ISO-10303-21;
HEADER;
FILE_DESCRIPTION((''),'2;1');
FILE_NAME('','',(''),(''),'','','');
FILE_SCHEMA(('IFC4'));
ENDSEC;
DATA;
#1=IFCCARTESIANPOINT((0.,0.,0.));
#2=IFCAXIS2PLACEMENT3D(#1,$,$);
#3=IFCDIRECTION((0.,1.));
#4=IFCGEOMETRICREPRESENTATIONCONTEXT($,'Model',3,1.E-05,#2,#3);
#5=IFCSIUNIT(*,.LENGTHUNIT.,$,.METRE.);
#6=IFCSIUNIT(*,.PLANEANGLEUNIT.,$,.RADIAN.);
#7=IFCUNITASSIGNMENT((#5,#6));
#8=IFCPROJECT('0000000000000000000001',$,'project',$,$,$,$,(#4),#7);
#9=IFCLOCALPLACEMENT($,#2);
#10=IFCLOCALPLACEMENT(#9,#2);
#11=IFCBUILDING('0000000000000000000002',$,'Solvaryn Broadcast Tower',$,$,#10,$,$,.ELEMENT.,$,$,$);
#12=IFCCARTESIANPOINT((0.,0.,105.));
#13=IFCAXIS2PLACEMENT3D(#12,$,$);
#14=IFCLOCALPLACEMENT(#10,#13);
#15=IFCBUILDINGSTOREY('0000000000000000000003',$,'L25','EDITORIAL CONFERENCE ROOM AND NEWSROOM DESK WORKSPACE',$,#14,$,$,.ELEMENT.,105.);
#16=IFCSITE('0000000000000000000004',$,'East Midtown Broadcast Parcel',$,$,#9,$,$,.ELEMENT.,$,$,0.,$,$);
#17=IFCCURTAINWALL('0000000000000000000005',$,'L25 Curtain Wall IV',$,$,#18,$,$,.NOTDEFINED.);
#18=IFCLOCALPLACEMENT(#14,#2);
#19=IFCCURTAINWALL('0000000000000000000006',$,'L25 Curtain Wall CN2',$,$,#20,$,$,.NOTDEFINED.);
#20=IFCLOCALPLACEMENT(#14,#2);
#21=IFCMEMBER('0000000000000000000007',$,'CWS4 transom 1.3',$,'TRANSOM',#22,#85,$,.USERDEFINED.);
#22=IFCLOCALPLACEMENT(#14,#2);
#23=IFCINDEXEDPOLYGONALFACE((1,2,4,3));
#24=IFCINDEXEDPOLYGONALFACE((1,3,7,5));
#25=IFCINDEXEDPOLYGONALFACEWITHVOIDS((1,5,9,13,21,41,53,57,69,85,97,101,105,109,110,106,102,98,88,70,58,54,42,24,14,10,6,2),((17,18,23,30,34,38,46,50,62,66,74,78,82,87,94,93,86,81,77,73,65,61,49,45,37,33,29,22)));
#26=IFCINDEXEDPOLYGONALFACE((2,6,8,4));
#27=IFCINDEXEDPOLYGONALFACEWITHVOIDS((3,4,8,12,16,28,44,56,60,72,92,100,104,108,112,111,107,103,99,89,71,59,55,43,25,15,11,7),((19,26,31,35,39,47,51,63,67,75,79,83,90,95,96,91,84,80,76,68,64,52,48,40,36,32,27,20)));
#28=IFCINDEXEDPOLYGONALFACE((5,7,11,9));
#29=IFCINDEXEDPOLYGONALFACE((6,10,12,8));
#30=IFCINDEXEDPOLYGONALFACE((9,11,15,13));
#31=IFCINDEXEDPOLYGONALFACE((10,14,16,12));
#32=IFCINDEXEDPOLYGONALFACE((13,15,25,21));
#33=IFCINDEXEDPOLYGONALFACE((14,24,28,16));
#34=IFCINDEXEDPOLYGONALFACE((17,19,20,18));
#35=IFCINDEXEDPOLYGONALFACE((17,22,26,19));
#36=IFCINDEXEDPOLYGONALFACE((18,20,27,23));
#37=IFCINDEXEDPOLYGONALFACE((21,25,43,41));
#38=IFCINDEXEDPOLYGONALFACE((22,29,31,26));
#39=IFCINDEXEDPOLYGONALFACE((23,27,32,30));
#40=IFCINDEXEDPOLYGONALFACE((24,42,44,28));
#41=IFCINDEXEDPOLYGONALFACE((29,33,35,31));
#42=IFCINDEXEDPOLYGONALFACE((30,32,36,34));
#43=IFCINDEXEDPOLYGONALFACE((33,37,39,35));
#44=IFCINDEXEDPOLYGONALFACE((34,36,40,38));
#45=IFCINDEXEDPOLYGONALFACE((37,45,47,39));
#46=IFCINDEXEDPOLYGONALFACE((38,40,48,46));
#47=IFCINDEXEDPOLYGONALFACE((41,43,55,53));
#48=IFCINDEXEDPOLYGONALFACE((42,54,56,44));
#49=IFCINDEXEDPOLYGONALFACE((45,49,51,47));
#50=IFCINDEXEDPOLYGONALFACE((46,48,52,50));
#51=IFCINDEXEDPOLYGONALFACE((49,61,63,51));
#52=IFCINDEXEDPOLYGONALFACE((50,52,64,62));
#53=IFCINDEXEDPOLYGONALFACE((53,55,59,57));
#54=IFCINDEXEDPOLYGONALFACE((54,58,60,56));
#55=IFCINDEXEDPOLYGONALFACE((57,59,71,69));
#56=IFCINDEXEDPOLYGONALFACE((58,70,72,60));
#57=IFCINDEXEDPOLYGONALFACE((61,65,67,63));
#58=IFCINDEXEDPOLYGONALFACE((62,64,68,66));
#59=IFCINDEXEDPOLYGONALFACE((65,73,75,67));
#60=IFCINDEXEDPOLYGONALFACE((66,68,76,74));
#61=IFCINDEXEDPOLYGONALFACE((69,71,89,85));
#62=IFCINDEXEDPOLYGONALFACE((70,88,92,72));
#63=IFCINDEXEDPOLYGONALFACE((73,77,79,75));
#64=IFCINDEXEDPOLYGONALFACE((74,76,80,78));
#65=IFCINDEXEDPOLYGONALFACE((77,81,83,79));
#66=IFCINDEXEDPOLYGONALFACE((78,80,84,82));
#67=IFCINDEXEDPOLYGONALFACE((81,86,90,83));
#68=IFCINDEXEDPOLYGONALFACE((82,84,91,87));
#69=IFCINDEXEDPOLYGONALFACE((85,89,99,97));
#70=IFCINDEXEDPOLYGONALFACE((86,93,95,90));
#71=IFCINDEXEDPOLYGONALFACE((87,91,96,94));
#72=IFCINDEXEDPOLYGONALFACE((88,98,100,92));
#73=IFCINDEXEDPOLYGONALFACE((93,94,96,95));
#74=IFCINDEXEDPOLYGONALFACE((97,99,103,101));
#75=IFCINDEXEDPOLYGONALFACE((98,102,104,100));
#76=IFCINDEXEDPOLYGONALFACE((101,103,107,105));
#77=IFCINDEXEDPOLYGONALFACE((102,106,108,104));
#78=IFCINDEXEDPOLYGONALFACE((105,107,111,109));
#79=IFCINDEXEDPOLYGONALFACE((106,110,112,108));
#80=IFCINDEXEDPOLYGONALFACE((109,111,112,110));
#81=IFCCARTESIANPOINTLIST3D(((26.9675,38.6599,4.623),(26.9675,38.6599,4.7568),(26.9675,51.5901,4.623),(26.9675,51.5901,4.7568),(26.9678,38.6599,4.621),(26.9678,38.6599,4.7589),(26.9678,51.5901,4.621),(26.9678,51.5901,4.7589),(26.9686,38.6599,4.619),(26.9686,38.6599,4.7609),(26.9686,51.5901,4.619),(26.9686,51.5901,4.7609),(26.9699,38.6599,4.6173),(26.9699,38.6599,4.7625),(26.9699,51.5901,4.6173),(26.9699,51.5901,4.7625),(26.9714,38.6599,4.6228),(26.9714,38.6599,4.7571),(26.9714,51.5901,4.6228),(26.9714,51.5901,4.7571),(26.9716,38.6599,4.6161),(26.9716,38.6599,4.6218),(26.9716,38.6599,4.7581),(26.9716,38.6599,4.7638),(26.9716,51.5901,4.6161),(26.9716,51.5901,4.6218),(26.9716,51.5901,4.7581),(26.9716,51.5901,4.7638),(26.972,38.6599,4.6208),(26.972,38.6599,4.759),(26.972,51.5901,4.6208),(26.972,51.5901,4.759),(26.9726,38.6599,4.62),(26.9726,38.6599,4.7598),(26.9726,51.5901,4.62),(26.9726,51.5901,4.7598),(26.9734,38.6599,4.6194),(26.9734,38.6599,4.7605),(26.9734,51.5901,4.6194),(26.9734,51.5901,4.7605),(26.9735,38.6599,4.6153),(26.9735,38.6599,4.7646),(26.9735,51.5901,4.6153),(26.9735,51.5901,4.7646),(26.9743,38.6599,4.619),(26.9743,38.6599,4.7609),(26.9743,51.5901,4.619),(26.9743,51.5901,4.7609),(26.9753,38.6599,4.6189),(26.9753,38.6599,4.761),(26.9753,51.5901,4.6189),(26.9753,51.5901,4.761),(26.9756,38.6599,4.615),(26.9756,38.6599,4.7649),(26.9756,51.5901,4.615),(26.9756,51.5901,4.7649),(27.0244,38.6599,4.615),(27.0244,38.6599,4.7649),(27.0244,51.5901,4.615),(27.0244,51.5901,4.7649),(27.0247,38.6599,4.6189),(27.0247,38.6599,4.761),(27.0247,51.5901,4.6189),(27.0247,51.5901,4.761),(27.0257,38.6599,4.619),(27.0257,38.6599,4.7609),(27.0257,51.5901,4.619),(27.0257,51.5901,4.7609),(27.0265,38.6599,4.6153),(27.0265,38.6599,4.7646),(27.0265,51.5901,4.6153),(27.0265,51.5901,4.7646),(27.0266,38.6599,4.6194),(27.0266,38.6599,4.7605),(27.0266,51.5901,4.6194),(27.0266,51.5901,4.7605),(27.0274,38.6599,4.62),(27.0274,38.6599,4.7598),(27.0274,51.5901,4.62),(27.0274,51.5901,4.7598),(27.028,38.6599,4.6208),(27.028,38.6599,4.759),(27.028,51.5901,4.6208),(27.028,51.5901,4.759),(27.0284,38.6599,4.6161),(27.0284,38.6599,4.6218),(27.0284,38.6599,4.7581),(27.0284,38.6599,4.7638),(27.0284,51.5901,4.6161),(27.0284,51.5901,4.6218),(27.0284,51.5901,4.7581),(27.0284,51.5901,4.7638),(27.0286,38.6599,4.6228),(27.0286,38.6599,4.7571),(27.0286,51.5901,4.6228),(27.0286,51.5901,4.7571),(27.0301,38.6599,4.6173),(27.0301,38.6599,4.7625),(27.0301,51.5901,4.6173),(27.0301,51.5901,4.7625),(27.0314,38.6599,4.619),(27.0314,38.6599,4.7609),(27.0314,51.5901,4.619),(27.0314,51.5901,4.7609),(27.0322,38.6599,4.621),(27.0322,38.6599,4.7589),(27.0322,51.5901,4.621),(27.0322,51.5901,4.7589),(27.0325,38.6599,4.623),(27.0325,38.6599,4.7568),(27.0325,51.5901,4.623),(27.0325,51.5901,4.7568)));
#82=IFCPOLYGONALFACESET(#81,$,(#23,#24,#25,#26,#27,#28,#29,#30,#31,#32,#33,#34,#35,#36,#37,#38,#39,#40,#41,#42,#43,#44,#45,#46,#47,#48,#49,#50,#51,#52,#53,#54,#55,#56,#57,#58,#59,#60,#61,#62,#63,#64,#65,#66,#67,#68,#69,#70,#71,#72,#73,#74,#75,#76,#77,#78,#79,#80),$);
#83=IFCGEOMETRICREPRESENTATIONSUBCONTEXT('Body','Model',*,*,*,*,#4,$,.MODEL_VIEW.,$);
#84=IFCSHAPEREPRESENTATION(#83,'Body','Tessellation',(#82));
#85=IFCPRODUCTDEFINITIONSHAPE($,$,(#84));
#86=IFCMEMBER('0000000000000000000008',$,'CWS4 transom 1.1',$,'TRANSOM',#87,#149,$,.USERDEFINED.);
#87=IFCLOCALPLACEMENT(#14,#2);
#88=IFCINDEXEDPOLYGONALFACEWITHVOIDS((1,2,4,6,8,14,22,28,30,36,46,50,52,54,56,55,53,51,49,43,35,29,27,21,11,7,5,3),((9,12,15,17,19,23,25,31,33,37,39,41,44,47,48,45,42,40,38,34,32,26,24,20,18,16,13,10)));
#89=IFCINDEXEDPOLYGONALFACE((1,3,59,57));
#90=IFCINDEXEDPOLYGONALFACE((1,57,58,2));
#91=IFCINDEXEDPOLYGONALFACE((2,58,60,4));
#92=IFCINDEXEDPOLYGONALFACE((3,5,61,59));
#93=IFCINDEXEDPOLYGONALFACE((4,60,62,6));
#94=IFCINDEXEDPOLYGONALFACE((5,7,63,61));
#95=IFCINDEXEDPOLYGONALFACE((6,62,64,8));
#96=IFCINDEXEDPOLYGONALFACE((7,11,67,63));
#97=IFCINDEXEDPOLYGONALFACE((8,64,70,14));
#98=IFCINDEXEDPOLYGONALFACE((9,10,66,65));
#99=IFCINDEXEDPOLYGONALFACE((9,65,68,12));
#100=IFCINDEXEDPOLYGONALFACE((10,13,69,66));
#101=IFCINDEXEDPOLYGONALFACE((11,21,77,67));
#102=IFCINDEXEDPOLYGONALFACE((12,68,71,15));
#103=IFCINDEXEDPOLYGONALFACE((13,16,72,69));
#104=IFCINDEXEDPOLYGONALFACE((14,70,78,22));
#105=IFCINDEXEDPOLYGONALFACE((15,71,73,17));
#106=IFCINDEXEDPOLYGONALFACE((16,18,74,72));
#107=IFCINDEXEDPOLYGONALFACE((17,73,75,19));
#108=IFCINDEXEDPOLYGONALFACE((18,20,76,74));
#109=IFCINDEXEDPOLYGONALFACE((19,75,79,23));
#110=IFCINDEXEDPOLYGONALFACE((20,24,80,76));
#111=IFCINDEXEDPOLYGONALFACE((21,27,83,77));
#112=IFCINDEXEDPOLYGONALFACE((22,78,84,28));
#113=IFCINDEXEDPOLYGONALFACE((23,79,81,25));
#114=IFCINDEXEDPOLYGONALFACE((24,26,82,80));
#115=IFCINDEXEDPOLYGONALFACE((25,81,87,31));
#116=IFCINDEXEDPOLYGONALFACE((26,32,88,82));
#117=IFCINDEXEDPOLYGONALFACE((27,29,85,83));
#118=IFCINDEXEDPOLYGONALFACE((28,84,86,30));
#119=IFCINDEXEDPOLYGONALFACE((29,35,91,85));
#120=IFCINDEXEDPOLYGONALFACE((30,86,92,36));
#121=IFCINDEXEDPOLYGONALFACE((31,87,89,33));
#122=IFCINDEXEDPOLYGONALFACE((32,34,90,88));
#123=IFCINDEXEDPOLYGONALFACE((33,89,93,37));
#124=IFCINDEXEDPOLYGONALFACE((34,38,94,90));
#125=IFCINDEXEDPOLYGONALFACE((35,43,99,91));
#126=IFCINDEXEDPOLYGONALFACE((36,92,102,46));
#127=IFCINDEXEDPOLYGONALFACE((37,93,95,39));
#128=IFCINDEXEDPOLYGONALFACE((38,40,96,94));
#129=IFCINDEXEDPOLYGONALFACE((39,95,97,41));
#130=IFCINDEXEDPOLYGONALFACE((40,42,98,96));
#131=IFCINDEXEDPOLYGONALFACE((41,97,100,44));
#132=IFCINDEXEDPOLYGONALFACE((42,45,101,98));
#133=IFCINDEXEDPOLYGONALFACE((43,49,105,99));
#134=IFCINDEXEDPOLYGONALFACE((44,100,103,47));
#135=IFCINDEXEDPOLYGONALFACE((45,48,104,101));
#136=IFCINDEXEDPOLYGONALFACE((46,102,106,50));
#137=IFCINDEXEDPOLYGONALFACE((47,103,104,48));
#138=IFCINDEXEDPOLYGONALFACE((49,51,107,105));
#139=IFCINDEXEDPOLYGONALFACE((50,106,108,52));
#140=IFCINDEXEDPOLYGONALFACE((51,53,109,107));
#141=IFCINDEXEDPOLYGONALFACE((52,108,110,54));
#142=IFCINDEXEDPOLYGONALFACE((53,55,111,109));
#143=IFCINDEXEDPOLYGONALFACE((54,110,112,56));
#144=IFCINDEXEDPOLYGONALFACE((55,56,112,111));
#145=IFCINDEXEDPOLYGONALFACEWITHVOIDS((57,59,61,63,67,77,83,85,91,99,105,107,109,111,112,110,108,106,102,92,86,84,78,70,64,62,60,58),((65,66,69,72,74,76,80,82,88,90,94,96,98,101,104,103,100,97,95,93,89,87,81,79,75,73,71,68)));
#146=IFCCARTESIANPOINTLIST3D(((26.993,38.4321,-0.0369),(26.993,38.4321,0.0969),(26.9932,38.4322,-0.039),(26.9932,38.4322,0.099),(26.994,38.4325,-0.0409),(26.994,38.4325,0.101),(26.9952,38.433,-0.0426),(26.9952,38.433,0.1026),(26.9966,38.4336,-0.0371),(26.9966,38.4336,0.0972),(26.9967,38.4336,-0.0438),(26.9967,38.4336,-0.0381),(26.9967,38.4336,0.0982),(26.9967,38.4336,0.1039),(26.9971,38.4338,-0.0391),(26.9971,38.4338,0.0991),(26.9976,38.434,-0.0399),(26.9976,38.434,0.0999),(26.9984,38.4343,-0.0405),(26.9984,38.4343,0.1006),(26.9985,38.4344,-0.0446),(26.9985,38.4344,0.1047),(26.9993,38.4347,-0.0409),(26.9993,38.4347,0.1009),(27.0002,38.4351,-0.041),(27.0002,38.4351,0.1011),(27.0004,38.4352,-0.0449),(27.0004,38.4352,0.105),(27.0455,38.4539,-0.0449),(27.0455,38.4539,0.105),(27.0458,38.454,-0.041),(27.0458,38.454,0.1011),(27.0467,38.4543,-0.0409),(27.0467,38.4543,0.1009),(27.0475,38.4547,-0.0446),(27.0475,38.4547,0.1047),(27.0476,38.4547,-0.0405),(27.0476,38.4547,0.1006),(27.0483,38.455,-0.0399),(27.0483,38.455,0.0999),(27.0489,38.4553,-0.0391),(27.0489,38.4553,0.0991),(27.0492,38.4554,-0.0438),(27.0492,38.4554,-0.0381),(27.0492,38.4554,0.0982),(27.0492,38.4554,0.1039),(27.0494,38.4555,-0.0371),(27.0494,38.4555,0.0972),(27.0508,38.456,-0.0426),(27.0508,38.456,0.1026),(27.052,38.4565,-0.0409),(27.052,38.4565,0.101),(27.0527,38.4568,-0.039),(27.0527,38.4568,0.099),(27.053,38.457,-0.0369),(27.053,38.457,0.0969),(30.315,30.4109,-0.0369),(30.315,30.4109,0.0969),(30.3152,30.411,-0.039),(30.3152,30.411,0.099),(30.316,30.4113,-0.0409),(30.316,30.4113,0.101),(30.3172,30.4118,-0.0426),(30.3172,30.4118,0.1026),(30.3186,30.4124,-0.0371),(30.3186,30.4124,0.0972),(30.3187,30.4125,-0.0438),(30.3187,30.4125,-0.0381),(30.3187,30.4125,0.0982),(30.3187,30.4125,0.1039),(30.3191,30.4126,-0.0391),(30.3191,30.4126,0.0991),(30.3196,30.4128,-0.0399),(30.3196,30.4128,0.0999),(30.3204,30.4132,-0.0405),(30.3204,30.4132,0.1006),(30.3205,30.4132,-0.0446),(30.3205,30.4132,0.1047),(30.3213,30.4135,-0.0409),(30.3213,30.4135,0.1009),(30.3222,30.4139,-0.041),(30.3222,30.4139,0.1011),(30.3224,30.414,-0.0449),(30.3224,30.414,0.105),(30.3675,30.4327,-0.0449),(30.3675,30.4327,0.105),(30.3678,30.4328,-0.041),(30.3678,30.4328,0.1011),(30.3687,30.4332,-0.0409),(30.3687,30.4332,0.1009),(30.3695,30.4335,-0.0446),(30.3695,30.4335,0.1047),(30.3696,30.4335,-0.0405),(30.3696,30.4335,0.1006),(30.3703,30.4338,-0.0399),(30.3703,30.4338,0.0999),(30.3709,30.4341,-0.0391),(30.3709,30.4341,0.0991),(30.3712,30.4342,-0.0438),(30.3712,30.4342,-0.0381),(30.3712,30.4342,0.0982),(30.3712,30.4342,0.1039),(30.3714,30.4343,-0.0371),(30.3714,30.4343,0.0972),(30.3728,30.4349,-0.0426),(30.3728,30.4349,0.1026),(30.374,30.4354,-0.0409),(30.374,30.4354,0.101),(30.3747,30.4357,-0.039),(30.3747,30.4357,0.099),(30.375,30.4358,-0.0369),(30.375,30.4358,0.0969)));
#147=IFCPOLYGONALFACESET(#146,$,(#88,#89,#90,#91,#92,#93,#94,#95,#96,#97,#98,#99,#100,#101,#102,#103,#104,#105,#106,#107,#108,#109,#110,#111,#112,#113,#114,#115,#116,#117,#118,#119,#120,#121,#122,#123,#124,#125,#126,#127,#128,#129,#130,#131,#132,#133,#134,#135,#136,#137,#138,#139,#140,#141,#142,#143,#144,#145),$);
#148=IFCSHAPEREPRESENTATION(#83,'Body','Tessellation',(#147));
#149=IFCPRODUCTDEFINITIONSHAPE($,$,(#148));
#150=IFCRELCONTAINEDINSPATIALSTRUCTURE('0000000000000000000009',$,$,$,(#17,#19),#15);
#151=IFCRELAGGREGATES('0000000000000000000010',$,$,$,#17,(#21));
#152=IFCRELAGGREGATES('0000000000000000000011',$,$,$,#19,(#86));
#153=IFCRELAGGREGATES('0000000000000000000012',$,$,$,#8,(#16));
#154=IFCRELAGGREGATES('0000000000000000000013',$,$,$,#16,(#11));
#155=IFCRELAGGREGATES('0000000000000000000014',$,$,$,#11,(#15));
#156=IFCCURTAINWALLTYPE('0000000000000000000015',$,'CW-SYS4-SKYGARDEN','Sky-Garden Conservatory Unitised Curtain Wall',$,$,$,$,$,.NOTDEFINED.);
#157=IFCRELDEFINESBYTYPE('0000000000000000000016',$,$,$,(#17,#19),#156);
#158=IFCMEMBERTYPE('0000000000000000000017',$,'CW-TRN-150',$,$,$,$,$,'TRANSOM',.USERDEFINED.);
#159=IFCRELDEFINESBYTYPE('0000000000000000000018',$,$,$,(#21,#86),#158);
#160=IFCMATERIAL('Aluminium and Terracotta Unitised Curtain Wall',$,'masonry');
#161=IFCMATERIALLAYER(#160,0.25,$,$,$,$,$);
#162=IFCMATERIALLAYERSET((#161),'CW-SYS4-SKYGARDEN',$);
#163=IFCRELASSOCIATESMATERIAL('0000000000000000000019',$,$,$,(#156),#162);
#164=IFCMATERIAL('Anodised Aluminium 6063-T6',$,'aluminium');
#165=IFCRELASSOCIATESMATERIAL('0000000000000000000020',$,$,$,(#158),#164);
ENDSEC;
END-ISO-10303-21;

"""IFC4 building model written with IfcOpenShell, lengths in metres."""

from ifc_helpers import new_model, si_unit, direction, frame, origin, origin_2d, place, context, subcontext, project, spatial, hollow_rectangle, extrude, material, layer, layer_set, material_profile, profile_set, type_object, element, aggregate, save


model = new_model("IFC4")

# Units and contexts
model_context = context("Model", 3, precision=1e-05, world=origin(), true_north=direction((0.0, 1.0)))
body_context = subcontext(model_context, "Body", "Model", "MODEL_VIEW")
ifc_project = project(units=[si_unit("LENGTHUNIT", "METRE"), si_unit("PLANEANGLEUNIT", "RADIAN")], contexts=[model_context])

# Site, building, storey
site_placement = place(None, origin())
site = spatial("IfcSite", under=ifc_project, at=site_placement, Name="East Midtown Broadcast Parcel", CompositionType="ELEMENT", RefElevation=0.0)
building_placement = place(site_placement, origin())
building = spatial("IfcBuilding", under=site, at=building_placement, Name="Solvaryn Broadcast Tower", CompositionType="ELEMENT")
storey_placement = place(building_placement, frame((0.0, 0.0, 105.0)))
storey = spatial("IfcBuildingStorey", under=building, at=storey_placement, Name="L25", Description="EDITORIAL CONFERENCE ROOM AND NEWSROOM DESK WORKSPACE", CompositionType="ELEMENT", Elevation=105.0)

# Curtain wall
ifc_material_1 = material(Name="Aluminium and Terracotta Unitised Curtain Wall", Category="masonry")
ifc_layer_1 = layer(ifc_material_1, 0.25)
ifc_layer_set_1 = layer_set([ifc_layer_1], Name="CW-SYS4-SKYGARDEN")
curtain_wall_type = type_object("IfcCurtainWallType", Name="CW-SYS4-SKYGARDEN", Description="Sky-Garden Conservatory Unitised Curtain Wall", PredefinedType="NOTDEFINED", material=ifc_layer_set_1)
curtain_wall_1_placement = place(storey_placement, origin())
curtain_wall_1 = element("IfcCurtainWall", 1, at=curtain_wall_1_placement, inside=storey, type_object=curtain_wall_type, Name="L25 Curtain Wall IV", PredefinedType="NOTDEFINED")

# Curtain wall
curtain_wall_2_placement = place(storey_placement, origin())
curtain_wall_2 = element("IfcCurtainWall", 2, at=curtain_wall_2_placement, inside=storey, type_object=curtain_wall_type, Name="L25 Curtain Wall CN2", PredefinedType="NOTDEFINED")

# Members
ifc_material_2 = material(Name="Anodised Aluminium 6063-T6", Category="aluminium")
ifc_material_profile_1 = material_profile(ifc_material_2, hollow_rectangle(XDim=0.0649, YDim=0.1499, WallThickness=0.0039, InnerFilletRadius=0.0039, OuterFilletRadius=0.0081, at=origin_2d()))
ifc_profile_set_1 = profile_set([ifc_material_profile_1], Name="Anodised Aluminium 6063-T6")
member_type_1 = type_object("IfcMemberType", Name="CW-TRN-150", ElementType="TRANSOM", PredefinedType="USERDEFINED", material=ifc_profile_set_1)
member_1_placement = place(storey_placement, frame((27.0, 51.5901, 4.6899), z_axis=(0.0, -1.0, 0.0), x_axis=(1.0, 0.0, 0.0)))
member_1 = element("IfcMember", 3, at=member_1_placement, type_object=member_type_1, Name="CWS4 transom 1.3", ObjectType="TRANSOM", PredefinedType="USERDEFINED", context=body_context, shape_type="SweptSolid", body=[
    extrude(hollow_rectangle(XDim=0.0649, YDim=0.1499, WallThickness=0.0039, InnerFilletRadius=0.0039, OuterFilletRadius=0.0081, at=origin_2d()), origin(), (0.0, 0.0, 1.0), 12.9302),
])
member_2_placement = place(storey_placement, frame((30.345, 30.4233, 0.03), z_axis=(-0.382636, 0.923899, 0.0), x_axis=(-0.923899, -0.382636, 0.0)))
member_2 = element("IfcMember", 4, at=member_2_placement, type_object=member_type_1, Name="CWS4 transom 1.1", ObjectType="TRANSOM", PredefinedType="USERDEFINED", context=body_context, shape_type="SweptSolid", body=[
    extrude(hollow_rectangle(XDim=0.0649, YDim=0.1499, WallThickness=0.0039, InnerFilletRadius=0.0039, OuterFilletRadius=0.0081, at=origin_2d()), origin(), (0.0, 0.0, 1.0), 8.6819),
])

aggregate(curtain_wall_1, [member_1])
aggregate(curtain_wall_2, [member_2])

save(model, "model.ifc")
